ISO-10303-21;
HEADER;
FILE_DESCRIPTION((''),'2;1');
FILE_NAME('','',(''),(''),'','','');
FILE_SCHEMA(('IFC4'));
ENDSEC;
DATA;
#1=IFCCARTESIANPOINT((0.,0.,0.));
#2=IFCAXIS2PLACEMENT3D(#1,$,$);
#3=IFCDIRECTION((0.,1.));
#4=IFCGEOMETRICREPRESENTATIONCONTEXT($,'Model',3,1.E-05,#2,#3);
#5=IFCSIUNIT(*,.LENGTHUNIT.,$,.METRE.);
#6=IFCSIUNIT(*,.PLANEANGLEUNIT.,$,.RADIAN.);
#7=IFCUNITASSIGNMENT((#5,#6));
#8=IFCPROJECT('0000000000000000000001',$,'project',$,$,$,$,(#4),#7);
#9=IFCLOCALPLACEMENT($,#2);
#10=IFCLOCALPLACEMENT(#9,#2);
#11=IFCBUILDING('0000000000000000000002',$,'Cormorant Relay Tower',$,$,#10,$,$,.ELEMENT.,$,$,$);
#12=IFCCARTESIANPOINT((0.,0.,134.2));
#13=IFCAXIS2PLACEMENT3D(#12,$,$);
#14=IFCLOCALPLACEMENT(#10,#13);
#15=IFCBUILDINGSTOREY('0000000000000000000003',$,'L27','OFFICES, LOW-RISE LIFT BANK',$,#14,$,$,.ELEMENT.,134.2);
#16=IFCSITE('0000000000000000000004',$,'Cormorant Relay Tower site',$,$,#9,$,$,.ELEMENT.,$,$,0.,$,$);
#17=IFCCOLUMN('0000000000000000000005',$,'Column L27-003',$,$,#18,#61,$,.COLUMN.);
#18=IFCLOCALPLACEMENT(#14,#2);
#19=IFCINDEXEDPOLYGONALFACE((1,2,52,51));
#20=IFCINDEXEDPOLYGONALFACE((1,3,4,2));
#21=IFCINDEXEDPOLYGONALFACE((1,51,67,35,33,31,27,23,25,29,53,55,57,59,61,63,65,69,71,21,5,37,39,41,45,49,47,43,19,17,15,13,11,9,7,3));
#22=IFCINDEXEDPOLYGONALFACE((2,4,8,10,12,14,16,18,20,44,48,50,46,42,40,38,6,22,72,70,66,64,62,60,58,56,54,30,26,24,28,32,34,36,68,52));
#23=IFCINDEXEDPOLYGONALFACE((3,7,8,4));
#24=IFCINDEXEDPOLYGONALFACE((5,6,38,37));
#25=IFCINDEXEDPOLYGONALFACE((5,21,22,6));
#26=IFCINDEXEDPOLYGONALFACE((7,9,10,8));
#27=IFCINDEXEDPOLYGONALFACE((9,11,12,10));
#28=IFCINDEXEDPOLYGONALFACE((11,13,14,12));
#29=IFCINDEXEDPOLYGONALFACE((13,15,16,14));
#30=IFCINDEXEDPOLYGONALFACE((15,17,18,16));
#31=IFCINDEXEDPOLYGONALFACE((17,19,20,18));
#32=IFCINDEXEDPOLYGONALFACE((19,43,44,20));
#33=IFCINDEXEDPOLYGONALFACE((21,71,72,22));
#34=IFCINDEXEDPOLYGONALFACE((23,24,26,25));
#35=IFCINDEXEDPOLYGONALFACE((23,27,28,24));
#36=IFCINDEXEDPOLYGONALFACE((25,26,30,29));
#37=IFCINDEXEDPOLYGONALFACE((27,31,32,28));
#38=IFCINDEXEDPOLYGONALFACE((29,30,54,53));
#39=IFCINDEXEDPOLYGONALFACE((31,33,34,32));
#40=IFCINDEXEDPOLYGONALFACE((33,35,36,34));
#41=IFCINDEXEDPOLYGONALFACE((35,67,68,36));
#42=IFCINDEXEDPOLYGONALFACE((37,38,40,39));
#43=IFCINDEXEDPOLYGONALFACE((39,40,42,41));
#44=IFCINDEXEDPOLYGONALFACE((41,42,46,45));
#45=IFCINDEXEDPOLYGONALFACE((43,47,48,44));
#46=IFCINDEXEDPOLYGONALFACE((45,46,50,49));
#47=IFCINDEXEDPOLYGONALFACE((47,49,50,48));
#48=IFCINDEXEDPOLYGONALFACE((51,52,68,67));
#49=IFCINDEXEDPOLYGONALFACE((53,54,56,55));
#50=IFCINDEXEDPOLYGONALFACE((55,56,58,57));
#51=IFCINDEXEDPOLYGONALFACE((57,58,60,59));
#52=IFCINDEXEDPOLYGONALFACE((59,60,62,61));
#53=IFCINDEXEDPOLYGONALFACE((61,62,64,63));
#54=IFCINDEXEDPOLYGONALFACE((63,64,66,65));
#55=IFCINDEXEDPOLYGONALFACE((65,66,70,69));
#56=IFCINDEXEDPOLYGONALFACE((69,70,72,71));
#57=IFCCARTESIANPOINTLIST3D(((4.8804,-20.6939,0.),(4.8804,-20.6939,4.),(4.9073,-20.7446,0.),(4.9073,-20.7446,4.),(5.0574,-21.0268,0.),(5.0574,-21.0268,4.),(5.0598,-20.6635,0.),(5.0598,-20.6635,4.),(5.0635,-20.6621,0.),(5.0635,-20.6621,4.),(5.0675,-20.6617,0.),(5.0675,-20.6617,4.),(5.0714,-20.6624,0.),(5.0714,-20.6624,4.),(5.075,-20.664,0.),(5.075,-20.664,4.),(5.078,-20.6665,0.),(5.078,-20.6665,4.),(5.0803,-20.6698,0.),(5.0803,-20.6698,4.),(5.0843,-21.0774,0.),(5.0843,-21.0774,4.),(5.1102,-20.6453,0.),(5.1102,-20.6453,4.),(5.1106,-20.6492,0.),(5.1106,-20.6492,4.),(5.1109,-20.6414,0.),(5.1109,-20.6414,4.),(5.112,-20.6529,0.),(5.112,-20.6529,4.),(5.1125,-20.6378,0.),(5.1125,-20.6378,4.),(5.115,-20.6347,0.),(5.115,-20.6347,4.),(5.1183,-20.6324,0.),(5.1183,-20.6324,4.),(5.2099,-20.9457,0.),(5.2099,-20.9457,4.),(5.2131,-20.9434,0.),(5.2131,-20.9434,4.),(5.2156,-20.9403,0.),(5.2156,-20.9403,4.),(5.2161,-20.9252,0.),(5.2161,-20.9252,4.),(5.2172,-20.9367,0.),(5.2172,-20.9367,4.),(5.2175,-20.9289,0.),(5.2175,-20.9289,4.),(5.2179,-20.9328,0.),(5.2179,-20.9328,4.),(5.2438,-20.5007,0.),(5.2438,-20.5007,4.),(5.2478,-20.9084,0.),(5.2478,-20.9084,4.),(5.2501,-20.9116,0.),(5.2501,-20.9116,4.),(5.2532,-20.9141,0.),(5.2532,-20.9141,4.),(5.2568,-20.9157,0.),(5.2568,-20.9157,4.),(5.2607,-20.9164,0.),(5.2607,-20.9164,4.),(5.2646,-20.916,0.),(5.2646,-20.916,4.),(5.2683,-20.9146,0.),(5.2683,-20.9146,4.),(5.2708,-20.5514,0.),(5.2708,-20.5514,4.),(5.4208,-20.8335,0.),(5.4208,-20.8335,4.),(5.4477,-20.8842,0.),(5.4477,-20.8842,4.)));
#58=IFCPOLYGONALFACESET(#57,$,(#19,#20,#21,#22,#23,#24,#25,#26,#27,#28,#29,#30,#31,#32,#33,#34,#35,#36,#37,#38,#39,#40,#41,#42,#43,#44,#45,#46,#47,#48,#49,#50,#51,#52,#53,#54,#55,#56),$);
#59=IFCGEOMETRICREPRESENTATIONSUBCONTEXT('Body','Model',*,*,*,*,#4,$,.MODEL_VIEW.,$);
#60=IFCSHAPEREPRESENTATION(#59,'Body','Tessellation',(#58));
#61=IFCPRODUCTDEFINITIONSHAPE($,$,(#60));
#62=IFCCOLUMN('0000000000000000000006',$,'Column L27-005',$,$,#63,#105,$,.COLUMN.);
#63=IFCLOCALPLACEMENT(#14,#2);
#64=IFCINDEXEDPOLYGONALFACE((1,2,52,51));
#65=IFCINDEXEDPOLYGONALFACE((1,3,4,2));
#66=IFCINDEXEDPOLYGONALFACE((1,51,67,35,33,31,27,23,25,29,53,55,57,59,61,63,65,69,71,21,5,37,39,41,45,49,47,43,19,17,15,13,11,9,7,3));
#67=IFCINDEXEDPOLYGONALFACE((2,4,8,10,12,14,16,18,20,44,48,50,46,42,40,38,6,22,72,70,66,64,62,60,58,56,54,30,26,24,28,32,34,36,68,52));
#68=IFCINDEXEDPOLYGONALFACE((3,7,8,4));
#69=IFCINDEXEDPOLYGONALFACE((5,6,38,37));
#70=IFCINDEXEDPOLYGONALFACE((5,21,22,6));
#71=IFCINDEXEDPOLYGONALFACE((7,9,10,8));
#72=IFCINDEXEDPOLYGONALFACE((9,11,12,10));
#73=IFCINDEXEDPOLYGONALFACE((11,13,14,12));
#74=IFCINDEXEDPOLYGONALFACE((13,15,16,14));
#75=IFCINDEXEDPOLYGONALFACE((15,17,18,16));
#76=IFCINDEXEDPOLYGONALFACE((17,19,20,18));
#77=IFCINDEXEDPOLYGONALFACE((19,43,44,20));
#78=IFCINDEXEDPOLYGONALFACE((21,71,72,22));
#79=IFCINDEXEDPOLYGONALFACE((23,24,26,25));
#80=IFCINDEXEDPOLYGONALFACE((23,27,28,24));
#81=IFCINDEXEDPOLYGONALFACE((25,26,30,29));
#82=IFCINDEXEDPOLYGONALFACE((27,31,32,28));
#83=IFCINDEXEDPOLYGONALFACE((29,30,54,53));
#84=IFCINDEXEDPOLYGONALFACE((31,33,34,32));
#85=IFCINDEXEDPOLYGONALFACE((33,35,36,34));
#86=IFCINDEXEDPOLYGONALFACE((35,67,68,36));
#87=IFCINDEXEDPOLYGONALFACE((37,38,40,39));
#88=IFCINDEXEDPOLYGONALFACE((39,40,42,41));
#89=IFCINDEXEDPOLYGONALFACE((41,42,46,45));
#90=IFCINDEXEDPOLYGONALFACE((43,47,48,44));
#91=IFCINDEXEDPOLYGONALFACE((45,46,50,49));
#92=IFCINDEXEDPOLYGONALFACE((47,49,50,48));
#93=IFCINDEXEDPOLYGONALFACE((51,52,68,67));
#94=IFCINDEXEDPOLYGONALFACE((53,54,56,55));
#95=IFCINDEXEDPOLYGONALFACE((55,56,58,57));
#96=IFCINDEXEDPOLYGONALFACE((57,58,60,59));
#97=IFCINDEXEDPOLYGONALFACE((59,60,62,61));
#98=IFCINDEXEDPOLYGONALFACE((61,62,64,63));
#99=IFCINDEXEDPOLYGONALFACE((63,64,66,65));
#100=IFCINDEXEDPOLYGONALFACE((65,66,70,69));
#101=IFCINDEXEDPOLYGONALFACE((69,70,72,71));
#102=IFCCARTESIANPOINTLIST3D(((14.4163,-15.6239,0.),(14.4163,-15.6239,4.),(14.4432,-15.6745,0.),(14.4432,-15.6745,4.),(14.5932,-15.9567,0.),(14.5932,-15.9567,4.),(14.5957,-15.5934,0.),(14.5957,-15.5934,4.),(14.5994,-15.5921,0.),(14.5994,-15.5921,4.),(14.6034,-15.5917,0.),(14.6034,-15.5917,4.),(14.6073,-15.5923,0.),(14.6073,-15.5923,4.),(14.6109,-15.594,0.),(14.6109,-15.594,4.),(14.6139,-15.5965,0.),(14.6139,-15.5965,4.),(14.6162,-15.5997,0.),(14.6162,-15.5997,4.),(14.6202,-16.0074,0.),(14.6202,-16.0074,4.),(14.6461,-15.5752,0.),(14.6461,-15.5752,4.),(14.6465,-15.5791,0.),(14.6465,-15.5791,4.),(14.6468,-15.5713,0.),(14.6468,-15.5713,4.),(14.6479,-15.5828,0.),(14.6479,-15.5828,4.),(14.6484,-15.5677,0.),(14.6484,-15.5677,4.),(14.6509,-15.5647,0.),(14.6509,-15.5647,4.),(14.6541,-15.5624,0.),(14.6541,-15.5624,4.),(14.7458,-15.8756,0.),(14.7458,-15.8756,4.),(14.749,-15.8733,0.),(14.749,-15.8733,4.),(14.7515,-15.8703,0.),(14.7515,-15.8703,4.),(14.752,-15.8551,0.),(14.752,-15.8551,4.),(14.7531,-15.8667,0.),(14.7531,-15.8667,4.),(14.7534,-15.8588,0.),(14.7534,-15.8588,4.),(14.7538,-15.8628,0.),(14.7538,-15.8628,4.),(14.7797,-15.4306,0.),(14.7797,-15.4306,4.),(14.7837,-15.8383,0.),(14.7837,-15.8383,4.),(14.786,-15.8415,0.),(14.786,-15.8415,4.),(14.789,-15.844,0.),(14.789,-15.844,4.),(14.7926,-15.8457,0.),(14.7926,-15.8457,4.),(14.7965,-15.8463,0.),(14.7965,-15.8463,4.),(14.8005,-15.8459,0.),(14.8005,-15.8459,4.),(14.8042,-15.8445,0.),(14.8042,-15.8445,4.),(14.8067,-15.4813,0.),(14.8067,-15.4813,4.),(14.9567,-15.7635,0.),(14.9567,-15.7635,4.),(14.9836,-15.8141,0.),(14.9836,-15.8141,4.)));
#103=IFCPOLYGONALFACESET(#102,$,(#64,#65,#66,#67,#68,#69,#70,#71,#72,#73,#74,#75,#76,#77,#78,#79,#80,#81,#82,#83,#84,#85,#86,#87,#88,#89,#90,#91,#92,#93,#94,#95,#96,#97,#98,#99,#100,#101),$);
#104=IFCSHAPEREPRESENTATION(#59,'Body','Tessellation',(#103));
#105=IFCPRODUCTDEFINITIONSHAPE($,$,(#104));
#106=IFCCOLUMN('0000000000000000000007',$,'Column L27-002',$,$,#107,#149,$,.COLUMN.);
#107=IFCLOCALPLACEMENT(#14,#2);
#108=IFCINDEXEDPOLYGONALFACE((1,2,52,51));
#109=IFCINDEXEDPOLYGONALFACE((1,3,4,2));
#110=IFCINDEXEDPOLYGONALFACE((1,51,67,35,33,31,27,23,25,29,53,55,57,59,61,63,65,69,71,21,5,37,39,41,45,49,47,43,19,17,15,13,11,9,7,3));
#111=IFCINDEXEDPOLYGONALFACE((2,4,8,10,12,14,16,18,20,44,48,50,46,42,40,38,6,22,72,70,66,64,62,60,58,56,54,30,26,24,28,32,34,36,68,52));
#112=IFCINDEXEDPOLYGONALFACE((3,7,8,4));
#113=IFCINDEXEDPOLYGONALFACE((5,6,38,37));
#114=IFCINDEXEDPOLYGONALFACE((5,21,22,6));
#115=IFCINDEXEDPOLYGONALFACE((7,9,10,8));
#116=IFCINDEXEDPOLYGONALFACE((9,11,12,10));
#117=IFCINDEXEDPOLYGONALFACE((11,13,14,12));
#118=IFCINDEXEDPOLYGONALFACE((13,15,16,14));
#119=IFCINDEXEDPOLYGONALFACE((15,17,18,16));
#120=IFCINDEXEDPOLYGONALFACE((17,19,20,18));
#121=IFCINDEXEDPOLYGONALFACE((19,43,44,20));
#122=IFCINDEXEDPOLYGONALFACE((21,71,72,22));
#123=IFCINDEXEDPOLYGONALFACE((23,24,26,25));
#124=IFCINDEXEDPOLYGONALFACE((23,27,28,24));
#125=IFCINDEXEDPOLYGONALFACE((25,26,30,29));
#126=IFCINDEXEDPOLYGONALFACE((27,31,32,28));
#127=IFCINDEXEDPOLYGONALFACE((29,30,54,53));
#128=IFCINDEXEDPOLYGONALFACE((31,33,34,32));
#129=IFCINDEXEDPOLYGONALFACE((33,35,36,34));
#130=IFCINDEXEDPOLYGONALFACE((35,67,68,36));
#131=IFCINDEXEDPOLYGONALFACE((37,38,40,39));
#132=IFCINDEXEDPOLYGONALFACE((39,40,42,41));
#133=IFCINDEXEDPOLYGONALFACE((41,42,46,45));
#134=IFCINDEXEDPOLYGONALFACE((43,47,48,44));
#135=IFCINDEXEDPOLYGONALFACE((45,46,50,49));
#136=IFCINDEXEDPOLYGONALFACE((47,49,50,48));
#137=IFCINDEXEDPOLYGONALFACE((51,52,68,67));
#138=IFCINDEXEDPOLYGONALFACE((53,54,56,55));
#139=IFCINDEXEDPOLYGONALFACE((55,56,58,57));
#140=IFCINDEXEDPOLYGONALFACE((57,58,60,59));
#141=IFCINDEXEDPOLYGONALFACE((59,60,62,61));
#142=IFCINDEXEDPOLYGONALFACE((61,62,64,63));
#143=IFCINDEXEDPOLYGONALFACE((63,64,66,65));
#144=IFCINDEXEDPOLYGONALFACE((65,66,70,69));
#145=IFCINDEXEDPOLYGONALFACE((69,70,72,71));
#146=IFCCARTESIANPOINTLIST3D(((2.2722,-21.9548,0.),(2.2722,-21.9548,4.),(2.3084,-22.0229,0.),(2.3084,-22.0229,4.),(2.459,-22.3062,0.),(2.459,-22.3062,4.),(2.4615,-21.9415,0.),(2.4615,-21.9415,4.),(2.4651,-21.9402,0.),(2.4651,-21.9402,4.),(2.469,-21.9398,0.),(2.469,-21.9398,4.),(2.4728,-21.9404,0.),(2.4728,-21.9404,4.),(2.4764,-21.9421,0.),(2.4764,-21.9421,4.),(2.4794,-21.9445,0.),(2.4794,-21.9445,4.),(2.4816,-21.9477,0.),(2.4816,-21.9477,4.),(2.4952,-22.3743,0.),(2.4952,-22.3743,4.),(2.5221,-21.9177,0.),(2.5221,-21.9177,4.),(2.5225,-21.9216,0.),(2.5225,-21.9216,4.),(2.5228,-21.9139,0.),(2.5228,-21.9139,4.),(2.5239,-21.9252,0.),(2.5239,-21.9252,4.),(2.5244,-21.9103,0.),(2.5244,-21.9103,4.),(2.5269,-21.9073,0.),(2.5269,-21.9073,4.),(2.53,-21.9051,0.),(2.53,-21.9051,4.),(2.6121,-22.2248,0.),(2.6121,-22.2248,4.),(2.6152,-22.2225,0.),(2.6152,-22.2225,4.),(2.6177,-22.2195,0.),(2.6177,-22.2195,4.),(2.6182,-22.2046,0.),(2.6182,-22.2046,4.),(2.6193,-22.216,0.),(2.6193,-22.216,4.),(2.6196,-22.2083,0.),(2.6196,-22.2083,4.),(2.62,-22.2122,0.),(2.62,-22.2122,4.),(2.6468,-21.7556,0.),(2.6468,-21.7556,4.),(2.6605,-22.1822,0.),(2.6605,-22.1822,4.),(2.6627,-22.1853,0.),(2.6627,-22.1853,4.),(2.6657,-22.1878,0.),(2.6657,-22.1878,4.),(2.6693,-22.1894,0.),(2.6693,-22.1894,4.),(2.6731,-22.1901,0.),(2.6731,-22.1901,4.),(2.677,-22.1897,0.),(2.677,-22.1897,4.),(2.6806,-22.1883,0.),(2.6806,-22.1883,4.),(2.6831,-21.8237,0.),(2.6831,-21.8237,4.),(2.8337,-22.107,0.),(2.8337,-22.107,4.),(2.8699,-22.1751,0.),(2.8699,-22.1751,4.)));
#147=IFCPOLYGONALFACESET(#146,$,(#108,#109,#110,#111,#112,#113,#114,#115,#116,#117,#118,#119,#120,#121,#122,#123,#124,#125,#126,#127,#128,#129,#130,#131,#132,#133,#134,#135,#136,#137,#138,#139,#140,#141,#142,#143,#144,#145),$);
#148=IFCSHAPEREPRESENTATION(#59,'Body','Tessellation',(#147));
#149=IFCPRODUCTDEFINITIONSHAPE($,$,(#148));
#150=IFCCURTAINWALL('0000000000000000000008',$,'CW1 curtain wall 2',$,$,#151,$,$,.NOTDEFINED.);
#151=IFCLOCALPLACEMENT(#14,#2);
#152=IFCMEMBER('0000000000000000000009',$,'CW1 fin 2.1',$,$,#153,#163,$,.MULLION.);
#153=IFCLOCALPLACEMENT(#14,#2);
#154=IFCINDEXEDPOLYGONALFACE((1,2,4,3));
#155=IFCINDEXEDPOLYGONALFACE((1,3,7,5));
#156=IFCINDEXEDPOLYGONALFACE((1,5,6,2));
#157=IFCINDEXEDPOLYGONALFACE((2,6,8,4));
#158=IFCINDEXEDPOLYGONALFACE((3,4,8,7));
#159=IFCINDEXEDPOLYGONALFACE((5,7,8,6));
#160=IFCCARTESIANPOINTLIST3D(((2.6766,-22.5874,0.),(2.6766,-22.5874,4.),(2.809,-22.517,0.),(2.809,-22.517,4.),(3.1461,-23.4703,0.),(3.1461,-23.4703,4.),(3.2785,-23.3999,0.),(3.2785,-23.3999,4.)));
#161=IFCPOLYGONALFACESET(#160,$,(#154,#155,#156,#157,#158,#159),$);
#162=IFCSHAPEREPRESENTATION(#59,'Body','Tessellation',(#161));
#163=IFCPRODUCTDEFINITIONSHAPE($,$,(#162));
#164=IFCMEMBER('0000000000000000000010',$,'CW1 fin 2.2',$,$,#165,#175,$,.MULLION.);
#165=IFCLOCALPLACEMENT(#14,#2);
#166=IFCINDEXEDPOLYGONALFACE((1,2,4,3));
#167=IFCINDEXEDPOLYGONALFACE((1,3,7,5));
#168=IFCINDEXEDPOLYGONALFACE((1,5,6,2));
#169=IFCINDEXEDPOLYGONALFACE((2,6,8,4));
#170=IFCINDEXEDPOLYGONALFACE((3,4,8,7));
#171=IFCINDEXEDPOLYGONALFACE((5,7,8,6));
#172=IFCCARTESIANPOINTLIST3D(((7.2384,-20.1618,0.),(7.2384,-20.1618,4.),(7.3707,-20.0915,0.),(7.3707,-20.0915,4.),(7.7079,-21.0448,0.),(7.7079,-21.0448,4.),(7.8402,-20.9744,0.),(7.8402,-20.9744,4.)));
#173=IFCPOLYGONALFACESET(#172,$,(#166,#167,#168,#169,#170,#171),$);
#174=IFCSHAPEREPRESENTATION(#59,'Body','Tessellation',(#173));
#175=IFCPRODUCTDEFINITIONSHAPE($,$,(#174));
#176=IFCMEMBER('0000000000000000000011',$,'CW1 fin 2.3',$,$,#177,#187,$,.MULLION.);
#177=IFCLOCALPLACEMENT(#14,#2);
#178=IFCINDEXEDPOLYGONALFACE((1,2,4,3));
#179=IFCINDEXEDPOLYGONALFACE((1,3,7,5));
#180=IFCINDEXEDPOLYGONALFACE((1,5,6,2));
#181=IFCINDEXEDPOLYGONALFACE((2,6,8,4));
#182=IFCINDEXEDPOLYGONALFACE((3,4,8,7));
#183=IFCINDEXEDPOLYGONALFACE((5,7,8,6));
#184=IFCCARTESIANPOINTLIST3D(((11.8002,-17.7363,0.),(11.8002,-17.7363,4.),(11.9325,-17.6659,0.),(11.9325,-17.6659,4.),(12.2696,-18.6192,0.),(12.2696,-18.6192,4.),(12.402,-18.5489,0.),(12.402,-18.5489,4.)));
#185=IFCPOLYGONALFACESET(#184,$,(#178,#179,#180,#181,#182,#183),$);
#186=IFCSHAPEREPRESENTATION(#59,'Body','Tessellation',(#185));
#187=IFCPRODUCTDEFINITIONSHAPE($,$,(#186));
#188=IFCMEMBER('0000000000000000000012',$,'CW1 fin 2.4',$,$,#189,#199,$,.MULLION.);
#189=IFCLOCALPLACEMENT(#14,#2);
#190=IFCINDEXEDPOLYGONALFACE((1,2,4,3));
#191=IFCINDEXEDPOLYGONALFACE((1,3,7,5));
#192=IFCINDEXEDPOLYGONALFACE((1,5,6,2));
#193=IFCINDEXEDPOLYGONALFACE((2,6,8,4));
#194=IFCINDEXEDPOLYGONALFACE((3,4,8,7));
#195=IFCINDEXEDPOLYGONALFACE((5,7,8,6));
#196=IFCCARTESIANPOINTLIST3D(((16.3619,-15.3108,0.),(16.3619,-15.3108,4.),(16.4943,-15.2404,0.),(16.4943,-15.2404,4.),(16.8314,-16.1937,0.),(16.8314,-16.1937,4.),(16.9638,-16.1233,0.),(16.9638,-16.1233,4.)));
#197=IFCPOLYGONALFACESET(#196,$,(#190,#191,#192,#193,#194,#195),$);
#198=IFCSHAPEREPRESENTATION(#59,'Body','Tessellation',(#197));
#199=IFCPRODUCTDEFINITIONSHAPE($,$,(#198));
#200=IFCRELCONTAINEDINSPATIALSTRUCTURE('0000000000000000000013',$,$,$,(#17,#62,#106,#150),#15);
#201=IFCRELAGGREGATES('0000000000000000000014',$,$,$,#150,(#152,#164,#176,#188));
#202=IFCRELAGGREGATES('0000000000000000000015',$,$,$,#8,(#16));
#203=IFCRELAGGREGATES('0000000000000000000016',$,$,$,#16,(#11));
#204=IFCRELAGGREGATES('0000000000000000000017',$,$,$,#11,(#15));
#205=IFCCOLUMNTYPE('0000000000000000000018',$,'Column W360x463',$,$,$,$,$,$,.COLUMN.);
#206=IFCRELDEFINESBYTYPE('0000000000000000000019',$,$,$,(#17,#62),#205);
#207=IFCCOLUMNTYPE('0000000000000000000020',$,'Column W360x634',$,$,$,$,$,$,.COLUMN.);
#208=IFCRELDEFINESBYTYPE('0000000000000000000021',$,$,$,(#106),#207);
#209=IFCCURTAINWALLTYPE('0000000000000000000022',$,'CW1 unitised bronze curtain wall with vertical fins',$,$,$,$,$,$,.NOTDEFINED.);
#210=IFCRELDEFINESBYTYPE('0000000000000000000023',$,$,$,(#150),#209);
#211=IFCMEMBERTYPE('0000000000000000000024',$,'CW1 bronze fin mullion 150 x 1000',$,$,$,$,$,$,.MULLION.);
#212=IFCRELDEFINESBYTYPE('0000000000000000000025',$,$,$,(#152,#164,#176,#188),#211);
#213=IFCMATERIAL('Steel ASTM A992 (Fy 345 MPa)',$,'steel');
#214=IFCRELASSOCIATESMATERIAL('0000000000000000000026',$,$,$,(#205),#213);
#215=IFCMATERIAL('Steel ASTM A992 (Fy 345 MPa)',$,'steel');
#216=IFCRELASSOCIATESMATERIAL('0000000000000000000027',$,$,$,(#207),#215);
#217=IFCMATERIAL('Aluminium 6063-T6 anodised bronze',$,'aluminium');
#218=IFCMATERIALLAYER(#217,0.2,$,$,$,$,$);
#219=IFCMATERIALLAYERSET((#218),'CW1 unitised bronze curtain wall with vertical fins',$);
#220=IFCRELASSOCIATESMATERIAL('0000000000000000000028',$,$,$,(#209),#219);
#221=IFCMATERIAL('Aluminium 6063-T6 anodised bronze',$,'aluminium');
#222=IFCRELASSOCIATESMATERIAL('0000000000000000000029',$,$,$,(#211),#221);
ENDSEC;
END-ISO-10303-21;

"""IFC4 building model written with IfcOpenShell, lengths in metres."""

from ifc_helpers import new_model, si_unit, direction, frame, origin, origin_2d, place, context, subcontext, project, spatial, rectangle, i_section, extrude, material, layer, layer_set, material_profile, profile_set, type_object, element, aggregate, save


model = new_model("IFC4")

# Units and contexts
model_context = context("Model", 3, precision=1e-05, world=origin(), true_north=direction((0.0, 1.0)))
body_context = subcontext(model_context, "Body", "Model", "MODEL_VIEW")
ifc_project = project(units=[si_unit("LENGTHUNIT", "METRE"), si_unit("PLANEANGLEUNIT", "RADIAN")], contexts=[model_context])

# Site, building, storey
site_placement = place(None, origin())
site = spatial("IfcSite", under=ifc_project, at=site_placement, Name="Cormorant Relay Tower site", CompositionType="ELEMENT", RefElevation=0.0)
building_placement = place(site_placement, origin())
building = spatial("IfcBuilding", under=site, at=building_placement, Name="Cormorant Relay Tower", CompositionType="ELEMENT")
storey_placement = place(building_placement, frame((0.0, 0.0, 134.2)))
storey = spatial("IfcBuildingStorey", under=building, at=storey_placement, Name="L27", Description="OFFICES, LOW-RISE LIFT BANK", CompositionType="ELEMENT", Elevation=134.2)

# Columns
ifc_material_1 = material(Name="Steel ASTM A992 (Fy 345 MPa)", Category="steel")
ifc_material_profile_1 = material_profile(ifc_material_1, i_section(OverallWidth=0.4116, OverallDepth=0.4343, WebThickness=0.0359, FlangeThickness=0.0574, FilletRadius=0.0151, at=origin_2d()), Name="W360x463")
ifc_profile_set_1 = profile_set([ifc_material_profile_1], Name="Steel ASTM A992 (Fy 345 MPa)")
column_type_1 = type_object("IfcColumnType", Name="Column W360x463", PredefinedType="COLUMN", material=ifc_profile_set_1)
for number, where, z_axis, x_axis, name in (
    (1, (5.1641, -20.7891, 0.0), (0.0, 0.0, 1.0), (0.882948, 0.469472, 0.0), "Column L27-003"),
    (2, (14.7, -15.719, 0.0), (0.0, 0.0, 1.0), (0.882948, 0.469472, 0.0), "Column L27-005"),
):
    element("IfcColumn", number, at=place(storey_placement, frame(where, z_axis=z_axis, x_axis=x_axis)), inside=storey, type_object=column_type_1, Name=name, PredefinedType="COLUMN", context=body_context, shape_type="SweptSolid", body=[
        extrude(i_section(OverallWidth=0.4116, OverallDepth=0.4343, WebThickness=0.0359, FlangeThickness=0.0574, FilletRadius=0.0151, at=origin_2d()), origin(), (0.0, 0.0, 1.0), 4.0),
    ])
ifc_material_2 = material(Name="Steel ASTM A992 (Fy 345 MPa)", Category="steel")
ifc_material_profile_2 = material_profile(ifc_material_2, i_section(OverallWidth=0.4243, OverallDepth=0.4751, WebThickness=0.0479, FlangeThickness=0.0771, FilletRadius=0.0149, at=origin_2d()), Name="W360x634")
ifc_profile_set_2 = profile_set([ifc_material_profile_2], Name="Steel ASTM A992 (Fy 345 MPa)")
column_type_2 = type_object("IfcColumnType", Name="Column W360x634", PredefinedType="COLUMN", material=ifc_profile_set_2)
column_placement = place(storey_placement, frame((2.571, -22.0649, 0.0), z_axis=(0.0, 0.0, 1.0), x_axis=(0.882948, 0.469472, 0.0)))
element("IfcColumn", 3, at=column_placement, inside=storey, type_object=column_type_2, Name="Column L27-002", PredefinedType="COLUMN", context=body_context, shape_type="SweptSolid", body=[
    extrude(i_section(OverallWidth=0.4243, OverallDepth=0.4751, WebThickness=0.0479, FlangeThickness=0.0771, FilletRadius=0.0149, at=origin_2d()), origin(), (0.0, 0.0, 1.0), 4.0),
])

# Curtain wall, members
ifc_material_3 = material(Name="Aluminium 6063-T6 anodised bronze", Category="aluminium")
ifc_layer_1 = layer(ifc_material_3, 0.2)
ifc_layer_set_1 = layer_set([ifc_layer_1], Name="CW1 unitised bronze curtain wall with vertical fins")
curtain_wall_type = type_object("IfcCurtainWallType", Name="CW1 unitised bronze curtain wall with vertical fins", PredefinedType="NOTDEFINED", material=ifc_layer_set_1)
curtain_wall_1_placement = place(storey_placement, origin())
curtain_wall_1 = element("IfcCurtainWall", 4, at=curtain_wall_1_placement, inside=storey, type_object=curtain_wall_type, Name="CW1 curtain wall 2", PredefinedType="NOTDEFINED")
ifc_material_4 = material(Name="Aluminium 6063-T6 anodised bronze", Category="aluminium")
ifc_material_profile_3 = material_profile(ifc_material_4, rectangle(XDim=0.1499, YDim=1.0, at=origin_2d()), Name="AL 150x1000")
ifc_profile_set_3 = profile_set([ifc_material_profile_3], Name="Aluminium 6063-T6 anodised bronze")
member_type_1 = type_object("IfcMemberType", Name="CW1 bronze fin mullion 150 x 1000", PredefinedType="MULLION", material=ifc_profile_set_3)
member_1_placement = place(storey_placement, frame((2.9775, -22.9937, 0.0), z_axis=(0.0, 0.0, 1.0), x_axis=(0.882948, 0.469472, 0.0)))
member_1 = element("IfcMember", 5, at=member_1_placement, type_object=member_type_1, Name="CW1 fin 2.1", PredefinedType="MULLION", context=body_context, shape_type="SweptSolid", body=[
    extrude(rectangle(XDim=0.1499, YDim=1.0, at=origin_2d()), origin(), (0.0, 0.0, 1.0), 4.0),
])
member_2_placement = place(storey_placement, frame((7.5393, -20.5681, 0.0), z_axis=(0.0, 0.0, 1.0), x_axis=(0.882948, 0.469472, 0.0)))
member_2 = element("IfcMember", 6, at=member_2_placement, type_object=member_type_1, Name="CW1 fin 2.2", PredefinedType="MULLION", context=body_context, shape_type="SweptSolid", body=[
    extrude(rectangle(XDim=0.1499, YDim=1.0, at=origin_2d()), origin(), (0.0, 0.0, 1.0), 4.0),
])
member_3_placement = place(storey_placement, frame((12.1011, -18.1426, 0.0), z_axis=(0.0, 0.0, 1.0), x_axis=(0.882948, 0.469472, 0.0)))
member_3 = element("IfcMember", 7, at=member_3_placement, type_object=member_type_1, Name="CW1 fin 2.3", PredefinedType="MULLION", context=body_context, shape_type="SweptSolid", body=[
    extrude(rectangle(XDim=0.1499, YDim=1.0, at=origin_2d()), origin(), (0.0, 0.0, 1.0), 4.0),
])
member_4_placement = place(storey_placement, frame((16.6628, -15.717, 0.0), z_axis=(0.0, 0.0, 1.0), x_axis=(0.882948, 0.469472, 0.0)))
member_4 = element("IfcMember", 8, at=member_4_placement, type_object=member_type_1, Name="CW1 fin 2.4", PredefinedType="MULLION", context=body_context, shape_type="SweptSolid", body=[
    extrude(rectangle(XDim=0.1499, YDim=1.0, at=origin_2d()), origin(), (0.0, 0.0, 1.0), 4.0),
])

aggregate(curtain_wall_1, [member_1, member_2, member_3, member_4])

save(model, "model.ifc")
